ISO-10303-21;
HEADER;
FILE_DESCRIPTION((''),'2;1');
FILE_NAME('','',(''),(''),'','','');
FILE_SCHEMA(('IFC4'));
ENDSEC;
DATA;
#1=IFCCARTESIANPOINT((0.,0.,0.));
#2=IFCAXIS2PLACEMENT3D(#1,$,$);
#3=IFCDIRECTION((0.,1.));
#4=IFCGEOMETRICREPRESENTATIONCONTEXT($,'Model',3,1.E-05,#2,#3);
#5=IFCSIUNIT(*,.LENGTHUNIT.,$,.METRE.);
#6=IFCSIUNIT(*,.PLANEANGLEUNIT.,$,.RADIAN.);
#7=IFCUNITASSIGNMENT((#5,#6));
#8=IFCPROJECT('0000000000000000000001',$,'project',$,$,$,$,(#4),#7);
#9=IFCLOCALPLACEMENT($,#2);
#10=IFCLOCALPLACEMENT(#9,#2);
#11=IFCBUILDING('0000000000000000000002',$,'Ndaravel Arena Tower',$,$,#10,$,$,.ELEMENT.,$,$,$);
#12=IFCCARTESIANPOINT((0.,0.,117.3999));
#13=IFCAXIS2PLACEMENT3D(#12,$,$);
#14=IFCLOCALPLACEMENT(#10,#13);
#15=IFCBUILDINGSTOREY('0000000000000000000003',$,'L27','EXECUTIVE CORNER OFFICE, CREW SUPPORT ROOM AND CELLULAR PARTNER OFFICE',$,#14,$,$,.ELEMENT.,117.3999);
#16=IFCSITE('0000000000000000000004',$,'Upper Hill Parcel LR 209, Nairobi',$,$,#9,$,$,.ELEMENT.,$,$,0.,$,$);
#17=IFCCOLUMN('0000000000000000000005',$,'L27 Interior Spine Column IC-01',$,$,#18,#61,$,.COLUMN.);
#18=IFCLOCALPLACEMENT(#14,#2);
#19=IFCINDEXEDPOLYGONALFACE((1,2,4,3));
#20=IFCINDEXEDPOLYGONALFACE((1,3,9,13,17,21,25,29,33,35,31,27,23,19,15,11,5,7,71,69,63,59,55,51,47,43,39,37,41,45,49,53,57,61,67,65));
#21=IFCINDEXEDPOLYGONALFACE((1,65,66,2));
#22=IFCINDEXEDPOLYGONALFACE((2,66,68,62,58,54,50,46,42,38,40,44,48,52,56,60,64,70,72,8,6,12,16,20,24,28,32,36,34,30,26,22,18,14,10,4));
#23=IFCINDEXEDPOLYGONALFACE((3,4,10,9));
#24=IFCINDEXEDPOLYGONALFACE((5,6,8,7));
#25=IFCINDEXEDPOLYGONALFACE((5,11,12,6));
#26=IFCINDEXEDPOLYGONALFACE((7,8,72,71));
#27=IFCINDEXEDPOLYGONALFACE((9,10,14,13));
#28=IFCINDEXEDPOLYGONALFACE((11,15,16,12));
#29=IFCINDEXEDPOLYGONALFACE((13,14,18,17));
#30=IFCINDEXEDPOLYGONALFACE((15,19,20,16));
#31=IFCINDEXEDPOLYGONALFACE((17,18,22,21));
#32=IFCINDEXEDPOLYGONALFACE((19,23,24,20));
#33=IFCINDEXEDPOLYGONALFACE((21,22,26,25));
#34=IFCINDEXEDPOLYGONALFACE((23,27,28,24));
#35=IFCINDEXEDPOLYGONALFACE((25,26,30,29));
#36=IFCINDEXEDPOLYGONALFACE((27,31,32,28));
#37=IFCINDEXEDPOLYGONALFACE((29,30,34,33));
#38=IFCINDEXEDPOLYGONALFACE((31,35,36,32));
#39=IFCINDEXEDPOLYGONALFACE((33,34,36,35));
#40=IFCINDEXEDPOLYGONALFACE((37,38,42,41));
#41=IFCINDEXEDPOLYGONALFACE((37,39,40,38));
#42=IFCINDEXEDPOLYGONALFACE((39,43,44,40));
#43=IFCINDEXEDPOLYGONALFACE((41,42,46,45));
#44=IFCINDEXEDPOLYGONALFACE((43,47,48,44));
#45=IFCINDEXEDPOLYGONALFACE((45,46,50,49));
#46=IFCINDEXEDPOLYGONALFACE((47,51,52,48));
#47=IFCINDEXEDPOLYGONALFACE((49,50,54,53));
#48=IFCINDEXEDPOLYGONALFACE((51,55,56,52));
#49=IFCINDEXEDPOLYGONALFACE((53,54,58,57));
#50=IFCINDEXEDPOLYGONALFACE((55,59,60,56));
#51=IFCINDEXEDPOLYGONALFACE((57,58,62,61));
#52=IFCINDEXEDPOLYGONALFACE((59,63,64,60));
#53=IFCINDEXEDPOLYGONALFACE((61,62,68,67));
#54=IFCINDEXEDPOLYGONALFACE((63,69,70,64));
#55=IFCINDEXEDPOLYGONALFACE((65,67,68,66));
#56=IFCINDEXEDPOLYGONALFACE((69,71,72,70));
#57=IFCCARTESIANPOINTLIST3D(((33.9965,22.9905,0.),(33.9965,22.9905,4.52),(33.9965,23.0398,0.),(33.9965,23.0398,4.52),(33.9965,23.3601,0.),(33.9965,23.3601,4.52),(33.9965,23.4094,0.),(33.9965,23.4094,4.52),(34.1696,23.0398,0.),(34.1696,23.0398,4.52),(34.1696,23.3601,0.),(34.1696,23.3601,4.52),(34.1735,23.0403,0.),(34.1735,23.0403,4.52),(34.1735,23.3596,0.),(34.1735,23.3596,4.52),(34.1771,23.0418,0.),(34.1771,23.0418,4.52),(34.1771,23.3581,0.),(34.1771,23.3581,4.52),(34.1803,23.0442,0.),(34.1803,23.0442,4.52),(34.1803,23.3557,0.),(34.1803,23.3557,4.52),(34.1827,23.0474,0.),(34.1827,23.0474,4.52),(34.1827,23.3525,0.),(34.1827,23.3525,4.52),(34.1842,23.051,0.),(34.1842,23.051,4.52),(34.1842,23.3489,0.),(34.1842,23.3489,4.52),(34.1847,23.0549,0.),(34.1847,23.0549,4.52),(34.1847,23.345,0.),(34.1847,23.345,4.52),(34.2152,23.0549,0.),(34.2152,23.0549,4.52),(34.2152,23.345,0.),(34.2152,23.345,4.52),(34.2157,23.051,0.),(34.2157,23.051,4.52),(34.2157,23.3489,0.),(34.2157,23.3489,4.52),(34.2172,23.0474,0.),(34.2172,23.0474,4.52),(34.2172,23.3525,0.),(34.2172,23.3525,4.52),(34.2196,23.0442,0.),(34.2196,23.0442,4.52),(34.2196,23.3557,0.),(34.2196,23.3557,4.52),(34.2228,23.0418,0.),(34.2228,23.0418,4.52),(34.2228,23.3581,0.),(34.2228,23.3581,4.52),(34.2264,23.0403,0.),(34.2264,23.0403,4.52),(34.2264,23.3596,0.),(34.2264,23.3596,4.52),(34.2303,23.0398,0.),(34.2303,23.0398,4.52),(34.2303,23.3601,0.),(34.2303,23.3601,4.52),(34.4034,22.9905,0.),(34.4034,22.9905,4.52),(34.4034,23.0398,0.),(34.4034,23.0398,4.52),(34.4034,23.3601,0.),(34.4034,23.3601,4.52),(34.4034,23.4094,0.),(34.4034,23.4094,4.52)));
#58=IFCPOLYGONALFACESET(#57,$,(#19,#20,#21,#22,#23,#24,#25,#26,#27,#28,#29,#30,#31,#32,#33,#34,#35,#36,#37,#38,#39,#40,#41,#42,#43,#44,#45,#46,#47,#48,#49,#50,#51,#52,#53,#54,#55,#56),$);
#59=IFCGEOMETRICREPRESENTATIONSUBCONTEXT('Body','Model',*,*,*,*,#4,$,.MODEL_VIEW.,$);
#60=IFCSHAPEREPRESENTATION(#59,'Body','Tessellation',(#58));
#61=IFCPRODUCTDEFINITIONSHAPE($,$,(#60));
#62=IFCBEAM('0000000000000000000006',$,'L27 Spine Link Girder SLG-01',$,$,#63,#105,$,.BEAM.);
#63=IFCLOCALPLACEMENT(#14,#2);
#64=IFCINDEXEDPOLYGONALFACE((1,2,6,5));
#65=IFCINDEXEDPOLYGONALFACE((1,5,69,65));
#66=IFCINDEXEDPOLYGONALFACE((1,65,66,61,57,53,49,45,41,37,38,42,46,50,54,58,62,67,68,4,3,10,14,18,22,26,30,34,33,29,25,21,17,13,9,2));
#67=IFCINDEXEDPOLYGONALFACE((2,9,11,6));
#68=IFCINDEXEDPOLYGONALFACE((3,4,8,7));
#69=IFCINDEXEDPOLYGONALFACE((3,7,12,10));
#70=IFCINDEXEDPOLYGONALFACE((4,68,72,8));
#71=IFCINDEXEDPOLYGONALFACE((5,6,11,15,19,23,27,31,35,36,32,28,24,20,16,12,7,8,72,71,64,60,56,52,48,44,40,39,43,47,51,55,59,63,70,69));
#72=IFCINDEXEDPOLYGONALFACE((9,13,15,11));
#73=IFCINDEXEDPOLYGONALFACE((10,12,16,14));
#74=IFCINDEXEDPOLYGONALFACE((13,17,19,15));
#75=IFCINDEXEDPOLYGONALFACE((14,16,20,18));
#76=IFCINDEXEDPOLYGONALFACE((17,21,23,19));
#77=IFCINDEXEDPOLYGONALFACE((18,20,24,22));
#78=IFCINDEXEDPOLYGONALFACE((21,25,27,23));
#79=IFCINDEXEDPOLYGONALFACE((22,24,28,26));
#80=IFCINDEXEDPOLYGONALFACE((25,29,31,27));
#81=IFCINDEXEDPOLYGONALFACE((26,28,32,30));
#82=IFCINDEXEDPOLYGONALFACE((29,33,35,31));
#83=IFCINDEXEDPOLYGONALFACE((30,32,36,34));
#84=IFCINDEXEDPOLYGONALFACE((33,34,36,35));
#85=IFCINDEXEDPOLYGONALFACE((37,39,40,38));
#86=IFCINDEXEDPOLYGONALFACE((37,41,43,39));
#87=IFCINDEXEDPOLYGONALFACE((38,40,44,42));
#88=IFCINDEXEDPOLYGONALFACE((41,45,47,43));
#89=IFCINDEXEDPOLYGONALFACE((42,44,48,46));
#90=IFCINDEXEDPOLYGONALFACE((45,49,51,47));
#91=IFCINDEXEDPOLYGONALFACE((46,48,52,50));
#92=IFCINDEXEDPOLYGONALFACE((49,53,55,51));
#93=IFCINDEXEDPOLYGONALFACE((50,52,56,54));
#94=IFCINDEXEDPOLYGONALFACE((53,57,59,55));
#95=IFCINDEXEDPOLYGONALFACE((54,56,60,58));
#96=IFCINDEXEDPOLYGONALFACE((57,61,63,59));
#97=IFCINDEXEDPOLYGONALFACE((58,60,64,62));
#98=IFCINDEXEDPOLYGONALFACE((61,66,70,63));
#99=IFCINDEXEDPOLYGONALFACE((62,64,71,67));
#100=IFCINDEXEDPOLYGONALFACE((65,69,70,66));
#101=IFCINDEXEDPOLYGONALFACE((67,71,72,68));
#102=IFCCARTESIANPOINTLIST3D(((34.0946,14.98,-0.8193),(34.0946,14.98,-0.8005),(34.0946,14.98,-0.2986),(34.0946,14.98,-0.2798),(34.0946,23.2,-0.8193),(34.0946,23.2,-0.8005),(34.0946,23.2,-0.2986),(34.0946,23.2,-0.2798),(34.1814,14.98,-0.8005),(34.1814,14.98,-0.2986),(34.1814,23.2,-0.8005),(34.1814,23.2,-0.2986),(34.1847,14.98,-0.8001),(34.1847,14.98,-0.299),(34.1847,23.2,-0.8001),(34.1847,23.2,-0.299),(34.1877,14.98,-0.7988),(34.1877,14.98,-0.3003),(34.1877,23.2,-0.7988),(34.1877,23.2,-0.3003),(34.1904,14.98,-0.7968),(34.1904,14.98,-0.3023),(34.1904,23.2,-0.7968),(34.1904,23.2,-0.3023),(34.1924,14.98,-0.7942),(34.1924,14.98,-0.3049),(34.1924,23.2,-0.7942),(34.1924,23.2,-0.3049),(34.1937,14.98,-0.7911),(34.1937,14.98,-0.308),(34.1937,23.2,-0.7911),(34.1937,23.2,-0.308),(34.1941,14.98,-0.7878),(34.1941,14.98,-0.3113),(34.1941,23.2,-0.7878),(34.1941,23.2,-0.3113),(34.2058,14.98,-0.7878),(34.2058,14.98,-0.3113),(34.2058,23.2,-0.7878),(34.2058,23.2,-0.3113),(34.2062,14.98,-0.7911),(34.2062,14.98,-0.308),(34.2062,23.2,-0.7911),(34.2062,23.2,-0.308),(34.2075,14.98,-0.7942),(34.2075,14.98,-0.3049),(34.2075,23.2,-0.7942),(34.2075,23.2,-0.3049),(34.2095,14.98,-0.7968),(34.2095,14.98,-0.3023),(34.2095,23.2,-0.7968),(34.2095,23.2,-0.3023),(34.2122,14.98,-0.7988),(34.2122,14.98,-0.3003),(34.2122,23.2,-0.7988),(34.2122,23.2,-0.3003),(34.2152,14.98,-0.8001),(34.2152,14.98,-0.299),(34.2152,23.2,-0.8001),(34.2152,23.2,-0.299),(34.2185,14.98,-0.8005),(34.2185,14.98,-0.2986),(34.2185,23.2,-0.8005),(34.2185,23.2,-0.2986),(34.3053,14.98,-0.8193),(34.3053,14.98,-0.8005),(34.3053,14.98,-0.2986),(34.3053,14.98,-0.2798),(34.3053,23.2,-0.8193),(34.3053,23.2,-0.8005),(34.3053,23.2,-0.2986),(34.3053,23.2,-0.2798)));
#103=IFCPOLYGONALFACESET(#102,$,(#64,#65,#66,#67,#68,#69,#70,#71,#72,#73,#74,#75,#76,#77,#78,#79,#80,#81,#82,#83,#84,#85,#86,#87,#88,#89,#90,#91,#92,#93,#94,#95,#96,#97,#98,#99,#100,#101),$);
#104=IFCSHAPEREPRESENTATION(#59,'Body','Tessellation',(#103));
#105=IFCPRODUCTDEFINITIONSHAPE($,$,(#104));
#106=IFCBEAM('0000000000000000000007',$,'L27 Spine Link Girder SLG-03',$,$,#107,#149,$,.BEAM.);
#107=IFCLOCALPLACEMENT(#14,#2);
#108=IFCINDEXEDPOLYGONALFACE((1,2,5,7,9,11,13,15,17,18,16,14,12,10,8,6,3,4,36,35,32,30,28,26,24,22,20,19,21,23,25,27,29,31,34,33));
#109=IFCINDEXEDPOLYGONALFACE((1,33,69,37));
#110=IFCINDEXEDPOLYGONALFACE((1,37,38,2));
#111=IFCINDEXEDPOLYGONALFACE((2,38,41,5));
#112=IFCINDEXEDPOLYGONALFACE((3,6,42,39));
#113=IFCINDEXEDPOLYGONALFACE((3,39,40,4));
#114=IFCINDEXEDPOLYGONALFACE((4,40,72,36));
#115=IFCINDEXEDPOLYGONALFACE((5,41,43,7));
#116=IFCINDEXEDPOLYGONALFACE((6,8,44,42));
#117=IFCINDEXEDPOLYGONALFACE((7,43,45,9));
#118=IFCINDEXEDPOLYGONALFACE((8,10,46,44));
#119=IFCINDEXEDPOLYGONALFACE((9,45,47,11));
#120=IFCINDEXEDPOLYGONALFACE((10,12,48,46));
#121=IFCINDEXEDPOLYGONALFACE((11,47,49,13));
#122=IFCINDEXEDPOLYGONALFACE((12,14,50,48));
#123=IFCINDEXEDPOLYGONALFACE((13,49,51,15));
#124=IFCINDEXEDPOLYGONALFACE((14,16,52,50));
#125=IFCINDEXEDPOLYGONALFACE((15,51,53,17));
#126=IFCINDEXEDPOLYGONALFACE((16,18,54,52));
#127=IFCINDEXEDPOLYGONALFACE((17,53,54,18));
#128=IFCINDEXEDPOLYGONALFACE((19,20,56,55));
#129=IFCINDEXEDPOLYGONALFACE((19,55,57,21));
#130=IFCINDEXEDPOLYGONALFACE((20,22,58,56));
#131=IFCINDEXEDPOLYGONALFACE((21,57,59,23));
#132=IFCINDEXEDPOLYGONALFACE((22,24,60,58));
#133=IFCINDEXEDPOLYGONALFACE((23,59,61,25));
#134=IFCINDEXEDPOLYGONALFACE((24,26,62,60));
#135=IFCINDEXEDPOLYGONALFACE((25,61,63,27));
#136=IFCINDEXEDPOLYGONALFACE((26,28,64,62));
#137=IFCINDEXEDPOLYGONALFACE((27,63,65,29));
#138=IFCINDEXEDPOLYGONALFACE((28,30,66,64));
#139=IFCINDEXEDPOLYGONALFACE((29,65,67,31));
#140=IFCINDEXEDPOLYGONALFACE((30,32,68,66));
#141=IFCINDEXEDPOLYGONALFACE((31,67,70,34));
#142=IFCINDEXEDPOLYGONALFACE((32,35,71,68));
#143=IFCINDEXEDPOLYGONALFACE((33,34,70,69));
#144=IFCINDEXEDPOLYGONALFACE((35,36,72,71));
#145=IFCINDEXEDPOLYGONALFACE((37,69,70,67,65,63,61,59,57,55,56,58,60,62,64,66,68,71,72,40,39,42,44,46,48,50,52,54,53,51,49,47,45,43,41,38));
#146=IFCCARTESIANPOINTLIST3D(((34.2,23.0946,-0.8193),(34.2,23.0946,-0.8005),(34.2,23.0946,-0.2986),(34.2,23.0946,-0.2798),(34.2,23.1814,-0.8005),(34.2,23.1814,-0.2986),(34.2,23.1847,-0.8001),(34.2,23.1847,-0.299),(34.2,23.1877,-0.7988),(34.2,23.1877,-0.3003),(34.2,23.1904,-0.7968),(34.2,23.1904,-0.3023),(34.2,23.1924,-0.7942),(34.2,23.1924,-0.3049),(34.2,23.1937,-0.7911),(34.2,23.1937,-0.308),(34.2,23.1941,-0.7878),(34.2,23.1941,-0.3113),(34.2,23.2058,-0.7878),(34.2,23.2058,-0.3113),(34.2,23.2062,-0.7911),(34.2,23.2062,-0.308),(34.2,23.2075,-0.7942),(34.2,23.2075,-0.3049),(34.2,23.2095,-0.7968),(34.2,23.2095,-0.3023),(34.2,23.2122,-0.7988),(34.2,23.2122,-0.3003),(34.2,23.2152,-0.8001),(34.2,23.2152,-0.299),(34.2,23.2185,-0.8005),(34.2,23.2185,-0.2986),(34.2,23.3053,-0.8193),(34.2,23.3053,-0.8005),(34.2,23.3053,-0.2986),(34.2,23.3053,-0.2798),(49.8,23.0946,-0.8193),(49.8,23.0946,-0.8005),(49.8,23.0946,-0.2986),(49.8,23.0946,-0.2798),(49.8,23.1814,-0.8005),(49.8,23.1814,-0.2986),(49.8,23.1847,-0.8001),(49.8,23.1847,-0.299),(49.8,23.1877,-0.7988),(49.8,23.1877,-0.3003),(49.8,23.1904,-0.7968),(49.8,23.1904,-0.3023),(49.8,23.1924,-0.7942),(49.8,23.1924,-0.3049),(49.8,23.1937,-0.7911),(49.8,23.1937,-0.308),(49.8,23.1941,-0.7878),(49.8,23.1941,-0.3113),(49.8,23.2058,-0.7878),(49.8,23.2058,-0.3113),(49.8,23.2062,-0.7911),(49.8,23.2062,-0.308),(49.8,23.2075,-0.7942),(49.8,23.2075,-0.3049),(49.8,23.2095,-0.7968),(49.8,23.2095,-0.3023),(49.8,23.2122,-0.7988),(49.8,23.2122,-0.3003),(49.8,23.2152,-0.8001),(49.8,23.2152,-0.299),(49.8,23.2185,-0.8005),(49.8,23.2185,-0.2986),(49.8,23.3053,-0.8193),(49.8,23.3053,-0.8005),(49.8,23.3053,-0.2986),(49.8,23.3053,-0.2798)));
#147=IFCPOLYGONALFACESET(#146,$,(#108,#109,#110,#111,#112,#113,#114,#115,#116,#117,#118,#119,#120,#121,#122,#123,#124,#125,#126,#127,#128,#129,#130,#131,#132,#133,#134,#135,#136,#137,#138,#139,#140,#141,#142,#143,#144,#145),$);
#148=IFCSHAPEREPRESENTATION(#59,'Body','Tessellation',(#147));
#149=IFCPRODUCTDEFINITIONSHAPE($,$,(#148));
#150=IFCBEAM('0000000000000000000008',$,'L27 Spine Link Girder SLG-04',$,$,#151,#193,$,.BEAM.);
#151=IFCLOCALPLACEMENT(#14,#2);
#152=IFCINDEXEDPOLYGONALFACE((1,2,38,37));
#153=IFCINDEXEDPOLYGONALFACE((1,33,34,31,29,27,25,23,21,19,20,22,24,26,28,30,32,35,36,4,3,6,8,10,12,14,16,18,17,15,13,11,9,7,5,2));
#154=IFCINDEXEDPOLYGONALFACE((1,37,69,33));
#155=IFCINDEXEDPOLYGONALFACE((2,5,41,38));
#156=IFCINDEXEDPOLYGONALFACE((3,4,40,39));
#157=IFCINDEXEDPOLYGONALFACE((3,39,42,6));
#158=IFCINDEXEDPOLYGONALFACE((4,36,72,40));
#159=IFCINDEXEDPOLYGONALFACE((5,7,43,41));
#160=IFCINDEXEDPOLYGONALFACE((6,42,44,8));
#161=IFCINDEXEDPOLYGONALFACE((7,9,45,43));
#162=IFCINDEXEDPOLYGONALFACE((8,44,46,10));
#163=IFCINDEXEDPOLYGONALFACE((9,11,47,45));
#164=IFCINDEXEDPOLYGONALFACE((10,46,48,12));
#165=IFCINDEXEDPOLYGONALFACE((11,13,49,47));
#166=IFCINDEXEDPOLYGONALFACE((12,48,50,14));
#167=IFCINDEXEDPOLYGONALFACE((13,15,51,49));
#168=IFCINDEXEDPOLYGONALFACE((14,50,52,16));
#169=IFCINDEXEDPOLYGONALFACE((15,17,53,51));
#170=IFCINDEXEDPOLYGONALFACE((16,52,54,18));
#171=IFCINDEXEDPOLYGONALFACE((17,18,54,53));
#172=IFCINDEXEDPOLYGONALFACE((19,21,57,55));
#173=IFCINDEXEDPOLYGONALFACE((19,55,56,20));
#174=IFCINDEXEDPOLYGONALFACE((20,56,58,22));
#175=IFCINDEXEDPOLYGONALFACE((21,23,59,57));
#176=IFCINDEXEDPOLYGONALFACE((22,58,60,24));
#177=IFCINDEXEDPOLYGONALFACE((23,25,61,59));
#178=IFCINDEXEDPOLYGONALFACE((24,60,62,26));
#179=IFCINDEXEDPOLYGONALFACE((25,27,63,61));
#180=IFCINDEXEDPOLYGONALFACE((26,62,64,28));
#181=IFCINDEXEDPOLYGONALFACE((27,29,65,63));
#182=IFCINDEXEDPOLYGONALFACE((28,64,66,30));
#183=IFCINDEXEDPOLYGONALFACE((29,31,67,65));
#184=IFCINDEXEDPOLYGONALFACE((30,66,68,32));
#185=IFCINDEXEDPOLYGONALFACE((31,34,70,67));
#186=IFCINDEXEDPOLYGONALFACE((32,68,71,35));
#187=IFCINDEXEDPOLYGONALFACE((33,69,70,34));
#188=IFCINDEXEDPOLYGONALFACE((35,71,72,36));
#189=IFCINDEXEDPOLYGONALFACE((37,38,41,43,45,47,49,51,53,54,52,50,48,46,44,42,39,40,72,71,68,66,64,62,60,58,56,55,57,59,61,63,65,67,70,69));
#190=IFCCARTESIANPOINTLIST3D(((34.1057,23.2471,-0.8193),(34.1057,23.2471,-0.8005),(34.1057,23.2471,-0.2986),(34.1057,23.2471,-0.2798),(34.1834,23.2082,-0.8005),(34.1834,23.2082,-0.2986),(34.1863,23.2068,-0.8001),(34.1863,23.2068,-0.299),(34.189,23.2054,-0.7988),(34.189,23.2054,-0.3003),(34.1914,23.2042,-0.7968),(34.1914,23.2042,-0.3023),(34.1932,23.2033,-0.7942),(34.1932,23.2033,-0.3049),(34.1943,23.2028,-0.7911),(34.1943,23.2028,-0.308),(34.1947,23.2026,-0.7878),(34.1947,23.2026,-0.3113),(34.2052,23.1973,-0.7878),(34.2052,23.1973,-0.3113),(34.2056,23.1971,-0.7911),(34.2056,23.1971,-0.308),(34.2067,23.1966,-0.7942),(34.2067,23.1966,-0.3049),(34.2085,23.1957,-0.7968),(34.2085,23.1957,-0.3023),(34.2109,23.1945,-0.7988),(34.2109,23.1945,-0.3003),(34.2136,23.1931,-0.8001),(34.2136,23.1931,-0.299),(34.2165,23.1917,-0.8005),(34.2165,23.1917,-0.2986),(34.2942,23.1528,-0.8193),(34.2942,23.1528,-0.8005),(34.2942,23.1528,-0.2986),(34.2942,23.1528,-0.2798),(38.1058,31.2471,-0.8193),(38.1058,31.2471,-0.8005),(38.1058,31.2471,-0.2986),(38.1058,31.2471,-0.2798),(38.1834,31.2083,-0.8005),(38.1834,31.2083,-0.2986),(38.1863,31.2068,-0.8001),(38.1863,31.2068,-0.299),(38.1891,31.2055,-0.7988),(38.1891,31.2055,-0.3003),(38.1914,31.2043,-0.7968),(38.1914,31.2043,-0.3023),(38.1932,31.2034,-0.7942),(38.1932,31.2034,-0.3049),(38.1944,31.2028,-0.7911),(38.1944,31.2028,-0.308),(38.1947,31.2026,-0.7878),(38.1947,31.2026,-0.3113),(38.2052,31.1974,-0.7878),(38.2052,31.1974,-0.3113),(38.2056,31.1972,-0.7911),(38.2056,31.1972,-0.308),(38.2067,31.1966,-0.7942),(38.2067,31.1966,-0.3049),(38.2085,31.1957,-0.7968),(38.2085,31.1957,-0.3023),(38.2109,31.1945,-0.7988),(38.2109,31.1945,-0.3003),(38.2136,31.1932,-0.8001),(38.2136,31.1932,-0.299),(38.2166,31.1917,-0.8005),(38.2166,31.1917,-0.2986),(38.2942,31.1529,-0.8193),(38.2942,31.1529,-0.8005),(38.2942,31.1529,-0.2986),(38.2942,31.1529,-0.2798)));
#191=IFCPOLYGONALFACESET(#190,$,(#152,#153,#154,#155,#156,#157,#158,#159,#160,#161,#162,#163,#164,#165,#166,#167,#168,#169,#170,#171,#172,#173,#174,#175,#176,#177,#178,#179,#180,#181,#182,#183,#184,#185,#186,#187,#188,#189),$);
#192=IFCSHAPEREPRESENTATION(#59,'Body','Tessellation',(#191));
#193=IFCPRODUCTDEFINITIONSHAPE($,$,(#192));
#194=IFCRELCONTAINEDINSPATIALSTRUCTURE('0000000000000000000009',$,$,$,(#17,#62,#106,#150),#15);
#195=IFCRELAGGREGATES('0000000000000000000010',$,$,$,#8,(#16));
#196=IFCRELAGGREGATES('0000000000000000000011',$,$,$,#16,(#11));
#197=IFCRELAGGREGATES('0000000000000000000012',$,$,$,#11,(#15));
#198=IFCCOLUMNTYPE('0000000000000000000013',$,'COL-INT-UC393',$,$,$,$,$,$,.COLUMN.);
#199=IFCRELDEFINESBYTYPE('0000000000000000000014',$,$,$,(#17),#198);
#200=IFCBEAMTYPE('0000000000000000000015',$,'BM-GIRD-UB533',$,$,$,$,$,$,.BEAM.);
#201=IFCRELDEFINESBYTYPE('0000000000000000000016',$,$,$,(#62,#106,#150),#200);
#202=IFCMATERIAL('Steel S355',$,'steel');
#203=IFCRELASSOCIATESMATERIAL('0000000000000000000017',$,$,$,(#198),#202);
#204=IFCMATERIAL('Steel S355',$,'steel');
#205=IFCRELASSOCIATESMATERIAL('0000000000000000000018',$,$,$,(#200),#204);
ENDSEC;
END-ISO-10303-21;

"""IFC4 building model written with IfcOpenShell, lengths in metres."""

from ifc_helpers import new_model, si_unit, direction, frame, origin, origin_2d, place, context, subcontext, project, spatial, i_section, extrude, material, material_profile, profile_set, type_object, element, save


model = new_model("IFC4")

# Units and contexts
model_context = context("Model", 3, precision=1e-05, world=origin(), true_north=direction((0.0, 1.0)))
body_context = subcontext(model_context, "Body", "Model", "MODEL_VIEW")
ifc_project = project(units=[si_unit("LENGTHUNIT", "METRE"), si_unit("PLANEANGLEUNIT", "RADIAN")], contexts=[model_context])

# Site, building, storey
site_placement = place(None, origin())
site = spatial("IfcSite", under=ifc_project, at=site_placement, Name="Upper Hill Parcel LR 209, Nairobi", CompositionType="ELEMENT", RefElevation=0.0)
building_placement = place(site_placement, origin())
building = spatial("IfcBuilding", under=site, at=building_placement, Name="Ndaravel Arena Tower", CompositionType="ELEMENT")
storey_placement = place(building_placement, frame((0.0, 0.0, 117.3999)))
storey = spatial("IfcBuildingStorey", under=building, at=storey_placement, Name="L27", Description="EXECUTIVE CORNER OFFICE, CREW SUPPORT ROOM AND CELLULAR PARTNER OFFICE", CompositionType="ELEMENT", Elevation=117.3999)

# Column
ifc_material_1 = material(Name="Steel S355", Category="steel")
ifc_material_profile_1 = material_profile(ifc_material_1, i_section(OverallWidth=0.407, OverallDepth=0.4189, WebThickness=0.0305, FlangeThickness=0.0493, FilletRadius=0.0151, at=origin_2d()), Name="UC 356x406x393")
ifc_profile_set_1 = profile_set([ifc_material_profile_1], Name="Steel S355")
column_type = type_object("IfcColumnType", Name="COL-INT-UC393", PredefinedType="COLUMN", material=ifc_profile_set_1)
column_placement = place(storey_placement, frame((34.2, 23.2, 0.0), z_axis=(0.0, 0.0, 1.0), x_axis=(1.0, 0.0, 0.0)))
element("IfcColumn", 1, at=column_placement, inside=storey, type_object=column_type, Name="L27 Interior Spine Column IC-01", PredefinedType="COLUMN", context=body_context, shape_type="SweptSolid", body=[
    extrude(i_section(OverallWidth=0.407, OverallDepth=0.4189, WebThickness=0.0305, FlangeThickness=0.0493, FilletRadius=0.0151, at=origin_2d()), origin(), (0.0, 0.0, 1.0), 4.52),
])

# Beams
ifc_material_2 = material(Name="Steel S355", Category="steel")
ifc_material_profile_2 = material_profile(ifc_material_2, i_section(OverallWidth=0.2107, OverallDepth=0.5396, WebThickness=0.0117, FlangeThickness=0.0188, FilletRadius=0.0127, at=origin_2d()), Name="UB 533x210x109")
ifc_profile_set_2 = profile_set([ifc_material_profile_2], Name="Steel S355")
beam_type_1 = type_object("IfcBeamType", Name="BM-GIRD-UB533", PredefinedType="BEAM", material=ifc_profile_set_2)
beam_1_placement = place(storey_placement, frame((34.2, 14.98, -0.5496), z_axis=(0.0, 1.0, 0.0), x_axis=(-1.0, 0.0, 0.0)))
element("IfcBeam", 2, at=beam_1_placement, inside=storey, type_object=beam_type_1, Name="L27 Spine Link Girder SLG-01", PredefinedType="BEAM", context=body_context, shape_type="SweptSolid", body=[
    extrude(i_section(OverallWidth=0.2107, OverallDepth=0.5396, WebThickness=0.0117, FlangeThickness=0.0188, FilletRadius=0.0127, at=origin_2d()), origin(), (0.0, 0.0, 1.0), 8.22),
])
beam_2_placement = place(storey_placement, frame((34.2, 23.2, -0.5496), z_axis=(1.0, 0.0, 0.0), x_axis=(0.0, 1.0, 0.0)))
element("IfcBeam", 3, at=beam_2_placement, inside=storey, type_object=beam_type_1, Name="L27 Spine Link Girder SLG-03", PredefinedType="BEAM", context=body_context, shape_type="SweptSolid", body=[
    extrude(i_section(OverallWidth=0.2107, OverallDepth=0.5396, WebThickness=0.0117, FlangeThickness=0.0188, FilletRadius=0.0127, at=origin_2d()), origin(), (0.0, 0.0, 1.0), 15.6001),
])
beam_3_placement = place(storey_placement, frame((34.2, 23.2, -0.5496), z_axis=(0.447214, 0.894427, 0.0), x_axis=(-0.894427, 0.447214, 0.0)))
element("IfcBeam", 4, at=beam_3_placement, inside=storey, type_object=beam_type_1, Name="L27 Spine Link Girder SLG-04", PredefinedType="BEAM", context=body_context, shape_type="SweptSolid", body=[
    extrude(i_section(OverallWidth=0.2107, OverallDepth=0.5396, WebThickness=0.0117, FlangeThickness=0.0188, FilletRadius=0.0127, at=origin_2d()), origin(), (0.0, 0.0, 1.0), 8.9443),
])

save(model, "model.ifc")
